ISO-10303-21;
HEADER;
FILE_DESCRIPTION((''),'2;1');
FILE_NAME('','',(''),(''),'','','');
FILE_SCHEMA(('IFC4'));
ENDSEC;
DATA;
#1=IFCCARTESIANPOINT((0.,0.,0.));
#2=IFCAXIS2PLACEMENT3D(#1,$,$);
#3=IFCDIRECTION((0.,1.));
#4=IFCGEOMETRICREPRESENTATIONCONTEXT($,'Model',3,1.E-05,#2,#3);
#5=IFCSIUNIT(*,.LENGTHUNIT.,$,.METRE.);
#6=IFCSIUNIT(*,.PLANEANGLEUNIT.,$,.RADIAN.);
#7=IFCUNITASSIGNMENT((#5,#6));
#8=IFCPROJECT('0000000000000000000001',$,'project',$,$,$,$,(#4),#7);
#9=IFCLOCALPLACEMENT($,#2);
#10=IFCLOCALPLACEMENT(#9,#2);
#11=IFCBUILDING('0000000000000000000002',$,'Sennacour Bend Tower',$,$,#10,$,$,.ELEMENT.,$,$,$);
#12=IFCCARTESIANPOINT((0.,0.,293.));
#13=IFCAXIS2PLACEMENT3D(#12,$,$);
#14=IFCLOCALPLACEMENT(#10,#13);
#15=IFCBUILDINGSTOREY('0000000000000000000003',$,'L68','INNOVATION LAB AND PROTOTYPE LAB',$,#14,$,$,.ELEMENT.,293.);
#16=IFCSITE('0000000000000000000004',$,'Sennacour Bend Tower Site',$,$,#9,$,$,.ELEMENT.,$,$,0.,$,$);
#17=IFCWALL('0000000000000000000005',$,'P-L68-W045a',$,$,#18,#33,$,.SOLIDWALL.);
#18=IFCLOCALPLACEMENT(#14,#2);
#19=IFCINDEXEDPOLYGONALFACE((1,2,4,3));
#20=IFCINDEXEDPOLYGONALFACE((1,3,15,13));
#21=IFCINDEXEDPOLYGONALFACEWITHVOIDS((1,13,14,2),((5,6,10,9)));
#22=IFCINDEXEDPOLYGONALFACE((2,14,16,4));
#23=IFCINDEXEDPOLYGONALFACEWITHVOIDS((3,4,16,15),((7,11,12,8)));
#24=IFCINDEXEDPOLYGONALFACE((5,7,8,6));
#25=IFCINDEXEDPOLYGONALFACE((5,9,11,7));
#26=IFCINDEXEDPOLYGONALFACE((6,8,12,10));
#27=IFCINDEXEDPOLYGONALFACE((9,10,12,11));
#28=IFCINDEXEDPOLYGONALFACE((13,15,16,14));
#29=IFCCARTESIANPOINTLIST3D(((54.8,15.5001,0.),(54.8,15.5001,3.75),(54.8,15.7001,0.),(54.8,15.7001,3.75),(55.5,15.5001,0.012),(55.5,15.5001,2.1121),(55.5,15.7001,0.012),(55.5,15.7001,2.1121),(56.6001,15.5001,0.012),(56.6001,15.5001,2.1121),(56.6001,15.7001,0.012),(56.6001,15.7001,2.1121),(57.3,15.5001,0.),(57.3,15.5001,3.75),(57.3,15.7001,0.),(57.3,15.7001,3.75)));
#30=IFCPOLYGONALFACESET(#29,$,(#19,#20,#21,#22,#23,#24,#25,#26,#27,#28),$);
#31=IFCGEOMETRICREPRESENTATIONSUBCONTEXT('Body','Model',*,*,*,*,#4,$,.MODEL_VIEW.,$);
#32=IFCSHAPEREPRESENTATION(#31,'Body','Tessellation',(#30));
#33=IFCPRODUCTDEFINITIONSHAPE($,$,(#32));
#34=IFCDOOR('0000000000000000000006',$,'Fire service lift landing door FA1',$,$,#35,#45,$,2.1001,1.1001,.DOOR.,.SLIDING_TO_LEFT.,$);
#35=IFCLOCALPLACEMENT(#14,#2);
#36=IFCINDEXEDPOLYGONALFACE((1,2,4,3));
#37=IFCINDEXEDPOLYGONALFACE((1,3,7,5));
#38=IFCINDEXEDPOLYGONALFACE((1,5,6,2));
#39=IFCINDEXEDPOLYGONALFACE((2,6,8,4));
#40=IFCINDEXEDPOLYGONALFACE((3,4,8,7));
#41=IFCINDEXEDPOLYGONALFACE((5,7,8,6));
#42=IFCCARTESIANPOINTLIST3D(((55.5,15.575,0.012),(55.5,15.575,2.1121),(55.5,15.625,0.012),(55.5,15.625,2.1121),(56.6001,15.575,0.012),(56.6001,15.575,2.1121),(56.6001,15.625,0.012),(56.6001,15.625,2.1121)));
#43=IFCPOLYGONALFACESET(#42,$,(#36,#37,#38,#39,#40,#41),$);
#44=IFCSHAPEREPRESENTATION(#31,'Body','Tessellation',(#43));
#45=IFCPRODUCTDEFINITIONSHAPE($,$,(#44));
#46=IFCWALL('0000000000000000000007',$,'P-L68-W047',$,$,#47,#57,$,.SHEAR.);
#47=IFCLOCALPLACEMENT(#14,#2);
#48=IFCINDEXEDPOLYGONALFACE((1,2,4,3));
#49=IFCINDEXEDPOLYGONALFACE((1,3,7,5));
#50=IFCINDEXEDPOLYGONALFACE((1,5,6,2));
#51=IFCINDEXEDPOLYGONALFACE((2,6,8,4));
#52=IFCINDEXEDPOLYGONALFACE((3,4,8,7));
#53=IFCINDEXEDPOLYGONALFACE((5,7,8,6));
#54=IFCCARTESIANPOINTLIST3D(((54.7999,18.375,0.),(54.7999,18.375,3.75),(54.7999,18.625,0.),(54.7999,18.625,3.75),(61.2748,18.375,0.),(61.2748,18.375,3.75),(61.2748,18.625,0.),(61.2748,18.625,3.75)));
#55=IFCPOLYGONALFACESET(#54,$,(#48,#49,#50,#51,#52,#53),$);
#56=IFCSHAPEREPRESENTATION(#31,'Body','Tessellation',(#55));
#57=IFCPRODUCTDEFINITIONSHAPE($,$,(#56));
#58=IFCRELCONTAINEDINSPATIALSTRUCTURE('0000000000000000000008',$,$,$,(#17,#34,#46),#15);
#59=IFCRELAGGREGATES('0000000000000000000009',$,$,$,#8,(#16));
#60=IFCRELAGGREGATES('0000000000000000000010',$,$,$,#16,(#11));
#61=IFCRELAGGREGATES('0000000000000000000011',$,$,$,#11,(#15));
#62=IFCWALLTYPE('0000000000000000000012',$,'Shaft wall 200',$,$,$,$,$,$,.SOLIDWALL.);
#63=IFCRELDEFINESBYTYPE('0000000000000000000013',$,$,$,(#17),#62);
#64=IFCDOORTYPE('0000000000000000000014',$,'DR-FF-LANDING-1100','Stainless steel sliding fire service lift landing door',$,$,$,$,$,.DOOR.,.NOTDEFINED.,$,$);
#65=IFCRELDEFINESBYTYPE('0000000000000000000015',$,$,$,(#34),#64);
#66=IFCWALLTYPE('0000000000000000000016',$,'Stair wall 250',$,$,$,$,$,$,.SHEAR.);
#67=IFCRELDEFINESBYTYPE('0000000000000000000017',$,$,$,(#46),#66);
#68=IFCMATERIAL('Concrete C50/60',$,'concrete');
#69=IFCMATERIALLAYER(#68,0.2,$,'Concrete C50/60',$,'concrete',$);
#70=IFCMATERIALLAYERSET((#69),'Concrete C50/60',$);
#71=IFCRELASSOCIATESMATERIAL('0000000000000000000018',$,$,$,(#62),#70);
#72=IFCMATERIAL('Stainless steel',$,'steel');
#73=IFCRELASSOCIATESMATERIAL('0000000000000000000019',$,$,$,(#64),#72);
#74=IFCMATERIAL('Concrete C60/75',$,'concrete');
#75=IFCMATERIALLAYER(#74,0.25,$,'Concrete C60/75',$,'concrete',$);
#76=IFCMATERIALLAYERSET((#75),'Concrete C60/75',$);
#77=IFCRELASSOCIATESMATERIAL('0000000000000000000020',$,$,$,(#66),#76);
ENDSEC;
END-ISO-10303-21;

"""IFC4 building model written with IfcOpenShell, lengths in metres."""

from ifc_helpers import new_model, si_unit, direction, frame, frame_2d, origin, place, context, subcontext, project, spatial, rectangle, extrude, material, layer, layer_set, type_object, element, fill, save


model = new_model("IFC4")

# Units and contexts
model_context = context("Model", 3, precision=1e-05, world=origin(), true_north=direction((0.0, 1.0)))
body_context = subcontext(model_context, "Body", "Model", "MODEL_VIEW")
ifc_project = project(units=[si_unit("LENGTHUNIT", "METRE"), si_unit("PLANEANGLEUNIT", "RADIAN")], contexts=[model_context])

# Site, building, storey
site_placement = place(None, origin())
site = spatial("IfcSite", under=ifc_project, at=site_placement, Name="Sennacour Bend Tower Site", CompositionType="ELEMENT", RefElevation=0.0)
building_placement = place(site_placement, origin())
building = spatial("IfcBuilding", under=site, at=building_placement, Name="Sennacour Bend Tower", CompositionType="ELEMENT")
storey_placement = place(building_placement, frame((0.0, 0.0, 293.0)))
storey = spatial("IfcBuildingStorey", under=building, at=storey_placement, Name="L68", Description="INNOVATION LAB AND PROTOTYPE LAB", CompositionType="ELEMENT", Elevation=293.0)

# Shared definitions
ifc_material_1 = material(Name="Concrete C50/60", Category="concrete")

# Shared definitions
ifc_layer_1 = layer(ifc_material_1, 0.2, Name="Concrete C50/60", Category="concrete")
ifc_layer_set_1 = layer_set([ifc_layer_1], Name="Concrete C50/60")
wall_type_1 = type_object("IfcWallType", Name="Shaft wall 200", PredefinedType="SOLIDWALL", material=ifc_layer_set_1)
ifc_material_2 = material(Name="Stainless steel", Category="steel")

# Wall, opening, door
wall_1_placement = place(storey_placement, frame((54.8, 15.6001, 0.0), z_axis=(0.0, 0.0, 1.0), x_axis=(1.0, 0.0, 0.0)))
wall_1 = element("IfcWall", 1, at=wall_1_placement, inside=storey, type_object=wall_type_1, Name="P-L68-W045a", PredefinedType="SOLIDWALL", context=body_context, shape_type="SweptSolid", body=[
    extrude(rectangle(XDim=2.5, YDim=0.2, at=frame_2d((1.25, 0.0))), origin(), (0.0, 0.0, 1.0), 3.75),
])
opening_1_placement = place(wall_1_placement, frame((0.7, 0.0, 0.012)))
opening_1 = element("IfcOpeningElement", 2, at=opening_1_placement, cuts=wall_1, PredefinedType="OPENING", context=body_context, shape_type="SweptSolid", body=[
    extrude(rectangle(XDim=1.1001, YDim=2.1001, at=frame_2d((0.55, 1.05))), frame((0.0, 0.1099, 0.0), z_axis=(0.0, -1.0, 0.0), x_axis=(1.0, 0.0, 0.0)), (0.0, 0.0, 1.0), 0.22),
])
door_type_1 = type_object("IfcDoorType", Name="DR-FF-LANDING-1100", Description="Stainless steel sliding fire service lift landing door", OperationType="NOTDEFINED", PredefinedType="DOOR", material=ifc_material_2)
door_1_placement = place(opening_1_placement, origin())
door_1 = element("IfcDoor", 3, at=door_1_placement, inside=storey, type_object=door_type_1, Name="Fire service lift landing door FA1", OperationType="SLIDING_TO_LEFT", OverallHeight=2.1001, OverallWidth=1.1001, PredefinedType="DOOR", context=body_context, shape_type="SweptSolid", body=[
    extrude(rectangle(XDim=1.1001, YDim=2.1001, at=frame_2d((0.55, 1.05))), frame((0.0, 0.0249, 0.0), z_axis=(0.0, -1.0, 0.0), x_axis=(1.0, 0.0, 0.0)), (0.0, 0.0, 1.0), 0.05),
])
fill(opening_1, door_1)

# Wall
ifc_material_3 = material(Name="Concrete C60/75", Category="concrete")
ifc_layer_2 = layer(ifc_material_3, 0.25, Name="Concrete C60/75", Category="concrete")
ifc_layer_set_2 = layer_set([ifc_layer_2], Name="Concrete C60/75")
wall_type_2 = type_object("IfcWallType", Name="Stair wall 250", PredefinedType="SHEAR", material=ifc_layer_set_2)
wall_2_placement = place(storey_placement, frame((54.8, 18.5, 0.0), z_axis=(0.0, 0.0, 1.0), x_axis=(1.0, 0.0, 0.0)))
element("IfcWall", 4, at=wall_2_placement, inside=storey, type_object=wall_type_2, Name="P-L68-W047", PredefinedType="SHEAR", context=body_context, shape_type="SweptSolid", body=[
    extrude(rectangle(XDim=6.4749, YDim=0.25, at=frame_2d((3.2373, 0.0))), origin(), (0.0, 0.0, 1.0), 3.75),
])

save(model, "model.ifc")
